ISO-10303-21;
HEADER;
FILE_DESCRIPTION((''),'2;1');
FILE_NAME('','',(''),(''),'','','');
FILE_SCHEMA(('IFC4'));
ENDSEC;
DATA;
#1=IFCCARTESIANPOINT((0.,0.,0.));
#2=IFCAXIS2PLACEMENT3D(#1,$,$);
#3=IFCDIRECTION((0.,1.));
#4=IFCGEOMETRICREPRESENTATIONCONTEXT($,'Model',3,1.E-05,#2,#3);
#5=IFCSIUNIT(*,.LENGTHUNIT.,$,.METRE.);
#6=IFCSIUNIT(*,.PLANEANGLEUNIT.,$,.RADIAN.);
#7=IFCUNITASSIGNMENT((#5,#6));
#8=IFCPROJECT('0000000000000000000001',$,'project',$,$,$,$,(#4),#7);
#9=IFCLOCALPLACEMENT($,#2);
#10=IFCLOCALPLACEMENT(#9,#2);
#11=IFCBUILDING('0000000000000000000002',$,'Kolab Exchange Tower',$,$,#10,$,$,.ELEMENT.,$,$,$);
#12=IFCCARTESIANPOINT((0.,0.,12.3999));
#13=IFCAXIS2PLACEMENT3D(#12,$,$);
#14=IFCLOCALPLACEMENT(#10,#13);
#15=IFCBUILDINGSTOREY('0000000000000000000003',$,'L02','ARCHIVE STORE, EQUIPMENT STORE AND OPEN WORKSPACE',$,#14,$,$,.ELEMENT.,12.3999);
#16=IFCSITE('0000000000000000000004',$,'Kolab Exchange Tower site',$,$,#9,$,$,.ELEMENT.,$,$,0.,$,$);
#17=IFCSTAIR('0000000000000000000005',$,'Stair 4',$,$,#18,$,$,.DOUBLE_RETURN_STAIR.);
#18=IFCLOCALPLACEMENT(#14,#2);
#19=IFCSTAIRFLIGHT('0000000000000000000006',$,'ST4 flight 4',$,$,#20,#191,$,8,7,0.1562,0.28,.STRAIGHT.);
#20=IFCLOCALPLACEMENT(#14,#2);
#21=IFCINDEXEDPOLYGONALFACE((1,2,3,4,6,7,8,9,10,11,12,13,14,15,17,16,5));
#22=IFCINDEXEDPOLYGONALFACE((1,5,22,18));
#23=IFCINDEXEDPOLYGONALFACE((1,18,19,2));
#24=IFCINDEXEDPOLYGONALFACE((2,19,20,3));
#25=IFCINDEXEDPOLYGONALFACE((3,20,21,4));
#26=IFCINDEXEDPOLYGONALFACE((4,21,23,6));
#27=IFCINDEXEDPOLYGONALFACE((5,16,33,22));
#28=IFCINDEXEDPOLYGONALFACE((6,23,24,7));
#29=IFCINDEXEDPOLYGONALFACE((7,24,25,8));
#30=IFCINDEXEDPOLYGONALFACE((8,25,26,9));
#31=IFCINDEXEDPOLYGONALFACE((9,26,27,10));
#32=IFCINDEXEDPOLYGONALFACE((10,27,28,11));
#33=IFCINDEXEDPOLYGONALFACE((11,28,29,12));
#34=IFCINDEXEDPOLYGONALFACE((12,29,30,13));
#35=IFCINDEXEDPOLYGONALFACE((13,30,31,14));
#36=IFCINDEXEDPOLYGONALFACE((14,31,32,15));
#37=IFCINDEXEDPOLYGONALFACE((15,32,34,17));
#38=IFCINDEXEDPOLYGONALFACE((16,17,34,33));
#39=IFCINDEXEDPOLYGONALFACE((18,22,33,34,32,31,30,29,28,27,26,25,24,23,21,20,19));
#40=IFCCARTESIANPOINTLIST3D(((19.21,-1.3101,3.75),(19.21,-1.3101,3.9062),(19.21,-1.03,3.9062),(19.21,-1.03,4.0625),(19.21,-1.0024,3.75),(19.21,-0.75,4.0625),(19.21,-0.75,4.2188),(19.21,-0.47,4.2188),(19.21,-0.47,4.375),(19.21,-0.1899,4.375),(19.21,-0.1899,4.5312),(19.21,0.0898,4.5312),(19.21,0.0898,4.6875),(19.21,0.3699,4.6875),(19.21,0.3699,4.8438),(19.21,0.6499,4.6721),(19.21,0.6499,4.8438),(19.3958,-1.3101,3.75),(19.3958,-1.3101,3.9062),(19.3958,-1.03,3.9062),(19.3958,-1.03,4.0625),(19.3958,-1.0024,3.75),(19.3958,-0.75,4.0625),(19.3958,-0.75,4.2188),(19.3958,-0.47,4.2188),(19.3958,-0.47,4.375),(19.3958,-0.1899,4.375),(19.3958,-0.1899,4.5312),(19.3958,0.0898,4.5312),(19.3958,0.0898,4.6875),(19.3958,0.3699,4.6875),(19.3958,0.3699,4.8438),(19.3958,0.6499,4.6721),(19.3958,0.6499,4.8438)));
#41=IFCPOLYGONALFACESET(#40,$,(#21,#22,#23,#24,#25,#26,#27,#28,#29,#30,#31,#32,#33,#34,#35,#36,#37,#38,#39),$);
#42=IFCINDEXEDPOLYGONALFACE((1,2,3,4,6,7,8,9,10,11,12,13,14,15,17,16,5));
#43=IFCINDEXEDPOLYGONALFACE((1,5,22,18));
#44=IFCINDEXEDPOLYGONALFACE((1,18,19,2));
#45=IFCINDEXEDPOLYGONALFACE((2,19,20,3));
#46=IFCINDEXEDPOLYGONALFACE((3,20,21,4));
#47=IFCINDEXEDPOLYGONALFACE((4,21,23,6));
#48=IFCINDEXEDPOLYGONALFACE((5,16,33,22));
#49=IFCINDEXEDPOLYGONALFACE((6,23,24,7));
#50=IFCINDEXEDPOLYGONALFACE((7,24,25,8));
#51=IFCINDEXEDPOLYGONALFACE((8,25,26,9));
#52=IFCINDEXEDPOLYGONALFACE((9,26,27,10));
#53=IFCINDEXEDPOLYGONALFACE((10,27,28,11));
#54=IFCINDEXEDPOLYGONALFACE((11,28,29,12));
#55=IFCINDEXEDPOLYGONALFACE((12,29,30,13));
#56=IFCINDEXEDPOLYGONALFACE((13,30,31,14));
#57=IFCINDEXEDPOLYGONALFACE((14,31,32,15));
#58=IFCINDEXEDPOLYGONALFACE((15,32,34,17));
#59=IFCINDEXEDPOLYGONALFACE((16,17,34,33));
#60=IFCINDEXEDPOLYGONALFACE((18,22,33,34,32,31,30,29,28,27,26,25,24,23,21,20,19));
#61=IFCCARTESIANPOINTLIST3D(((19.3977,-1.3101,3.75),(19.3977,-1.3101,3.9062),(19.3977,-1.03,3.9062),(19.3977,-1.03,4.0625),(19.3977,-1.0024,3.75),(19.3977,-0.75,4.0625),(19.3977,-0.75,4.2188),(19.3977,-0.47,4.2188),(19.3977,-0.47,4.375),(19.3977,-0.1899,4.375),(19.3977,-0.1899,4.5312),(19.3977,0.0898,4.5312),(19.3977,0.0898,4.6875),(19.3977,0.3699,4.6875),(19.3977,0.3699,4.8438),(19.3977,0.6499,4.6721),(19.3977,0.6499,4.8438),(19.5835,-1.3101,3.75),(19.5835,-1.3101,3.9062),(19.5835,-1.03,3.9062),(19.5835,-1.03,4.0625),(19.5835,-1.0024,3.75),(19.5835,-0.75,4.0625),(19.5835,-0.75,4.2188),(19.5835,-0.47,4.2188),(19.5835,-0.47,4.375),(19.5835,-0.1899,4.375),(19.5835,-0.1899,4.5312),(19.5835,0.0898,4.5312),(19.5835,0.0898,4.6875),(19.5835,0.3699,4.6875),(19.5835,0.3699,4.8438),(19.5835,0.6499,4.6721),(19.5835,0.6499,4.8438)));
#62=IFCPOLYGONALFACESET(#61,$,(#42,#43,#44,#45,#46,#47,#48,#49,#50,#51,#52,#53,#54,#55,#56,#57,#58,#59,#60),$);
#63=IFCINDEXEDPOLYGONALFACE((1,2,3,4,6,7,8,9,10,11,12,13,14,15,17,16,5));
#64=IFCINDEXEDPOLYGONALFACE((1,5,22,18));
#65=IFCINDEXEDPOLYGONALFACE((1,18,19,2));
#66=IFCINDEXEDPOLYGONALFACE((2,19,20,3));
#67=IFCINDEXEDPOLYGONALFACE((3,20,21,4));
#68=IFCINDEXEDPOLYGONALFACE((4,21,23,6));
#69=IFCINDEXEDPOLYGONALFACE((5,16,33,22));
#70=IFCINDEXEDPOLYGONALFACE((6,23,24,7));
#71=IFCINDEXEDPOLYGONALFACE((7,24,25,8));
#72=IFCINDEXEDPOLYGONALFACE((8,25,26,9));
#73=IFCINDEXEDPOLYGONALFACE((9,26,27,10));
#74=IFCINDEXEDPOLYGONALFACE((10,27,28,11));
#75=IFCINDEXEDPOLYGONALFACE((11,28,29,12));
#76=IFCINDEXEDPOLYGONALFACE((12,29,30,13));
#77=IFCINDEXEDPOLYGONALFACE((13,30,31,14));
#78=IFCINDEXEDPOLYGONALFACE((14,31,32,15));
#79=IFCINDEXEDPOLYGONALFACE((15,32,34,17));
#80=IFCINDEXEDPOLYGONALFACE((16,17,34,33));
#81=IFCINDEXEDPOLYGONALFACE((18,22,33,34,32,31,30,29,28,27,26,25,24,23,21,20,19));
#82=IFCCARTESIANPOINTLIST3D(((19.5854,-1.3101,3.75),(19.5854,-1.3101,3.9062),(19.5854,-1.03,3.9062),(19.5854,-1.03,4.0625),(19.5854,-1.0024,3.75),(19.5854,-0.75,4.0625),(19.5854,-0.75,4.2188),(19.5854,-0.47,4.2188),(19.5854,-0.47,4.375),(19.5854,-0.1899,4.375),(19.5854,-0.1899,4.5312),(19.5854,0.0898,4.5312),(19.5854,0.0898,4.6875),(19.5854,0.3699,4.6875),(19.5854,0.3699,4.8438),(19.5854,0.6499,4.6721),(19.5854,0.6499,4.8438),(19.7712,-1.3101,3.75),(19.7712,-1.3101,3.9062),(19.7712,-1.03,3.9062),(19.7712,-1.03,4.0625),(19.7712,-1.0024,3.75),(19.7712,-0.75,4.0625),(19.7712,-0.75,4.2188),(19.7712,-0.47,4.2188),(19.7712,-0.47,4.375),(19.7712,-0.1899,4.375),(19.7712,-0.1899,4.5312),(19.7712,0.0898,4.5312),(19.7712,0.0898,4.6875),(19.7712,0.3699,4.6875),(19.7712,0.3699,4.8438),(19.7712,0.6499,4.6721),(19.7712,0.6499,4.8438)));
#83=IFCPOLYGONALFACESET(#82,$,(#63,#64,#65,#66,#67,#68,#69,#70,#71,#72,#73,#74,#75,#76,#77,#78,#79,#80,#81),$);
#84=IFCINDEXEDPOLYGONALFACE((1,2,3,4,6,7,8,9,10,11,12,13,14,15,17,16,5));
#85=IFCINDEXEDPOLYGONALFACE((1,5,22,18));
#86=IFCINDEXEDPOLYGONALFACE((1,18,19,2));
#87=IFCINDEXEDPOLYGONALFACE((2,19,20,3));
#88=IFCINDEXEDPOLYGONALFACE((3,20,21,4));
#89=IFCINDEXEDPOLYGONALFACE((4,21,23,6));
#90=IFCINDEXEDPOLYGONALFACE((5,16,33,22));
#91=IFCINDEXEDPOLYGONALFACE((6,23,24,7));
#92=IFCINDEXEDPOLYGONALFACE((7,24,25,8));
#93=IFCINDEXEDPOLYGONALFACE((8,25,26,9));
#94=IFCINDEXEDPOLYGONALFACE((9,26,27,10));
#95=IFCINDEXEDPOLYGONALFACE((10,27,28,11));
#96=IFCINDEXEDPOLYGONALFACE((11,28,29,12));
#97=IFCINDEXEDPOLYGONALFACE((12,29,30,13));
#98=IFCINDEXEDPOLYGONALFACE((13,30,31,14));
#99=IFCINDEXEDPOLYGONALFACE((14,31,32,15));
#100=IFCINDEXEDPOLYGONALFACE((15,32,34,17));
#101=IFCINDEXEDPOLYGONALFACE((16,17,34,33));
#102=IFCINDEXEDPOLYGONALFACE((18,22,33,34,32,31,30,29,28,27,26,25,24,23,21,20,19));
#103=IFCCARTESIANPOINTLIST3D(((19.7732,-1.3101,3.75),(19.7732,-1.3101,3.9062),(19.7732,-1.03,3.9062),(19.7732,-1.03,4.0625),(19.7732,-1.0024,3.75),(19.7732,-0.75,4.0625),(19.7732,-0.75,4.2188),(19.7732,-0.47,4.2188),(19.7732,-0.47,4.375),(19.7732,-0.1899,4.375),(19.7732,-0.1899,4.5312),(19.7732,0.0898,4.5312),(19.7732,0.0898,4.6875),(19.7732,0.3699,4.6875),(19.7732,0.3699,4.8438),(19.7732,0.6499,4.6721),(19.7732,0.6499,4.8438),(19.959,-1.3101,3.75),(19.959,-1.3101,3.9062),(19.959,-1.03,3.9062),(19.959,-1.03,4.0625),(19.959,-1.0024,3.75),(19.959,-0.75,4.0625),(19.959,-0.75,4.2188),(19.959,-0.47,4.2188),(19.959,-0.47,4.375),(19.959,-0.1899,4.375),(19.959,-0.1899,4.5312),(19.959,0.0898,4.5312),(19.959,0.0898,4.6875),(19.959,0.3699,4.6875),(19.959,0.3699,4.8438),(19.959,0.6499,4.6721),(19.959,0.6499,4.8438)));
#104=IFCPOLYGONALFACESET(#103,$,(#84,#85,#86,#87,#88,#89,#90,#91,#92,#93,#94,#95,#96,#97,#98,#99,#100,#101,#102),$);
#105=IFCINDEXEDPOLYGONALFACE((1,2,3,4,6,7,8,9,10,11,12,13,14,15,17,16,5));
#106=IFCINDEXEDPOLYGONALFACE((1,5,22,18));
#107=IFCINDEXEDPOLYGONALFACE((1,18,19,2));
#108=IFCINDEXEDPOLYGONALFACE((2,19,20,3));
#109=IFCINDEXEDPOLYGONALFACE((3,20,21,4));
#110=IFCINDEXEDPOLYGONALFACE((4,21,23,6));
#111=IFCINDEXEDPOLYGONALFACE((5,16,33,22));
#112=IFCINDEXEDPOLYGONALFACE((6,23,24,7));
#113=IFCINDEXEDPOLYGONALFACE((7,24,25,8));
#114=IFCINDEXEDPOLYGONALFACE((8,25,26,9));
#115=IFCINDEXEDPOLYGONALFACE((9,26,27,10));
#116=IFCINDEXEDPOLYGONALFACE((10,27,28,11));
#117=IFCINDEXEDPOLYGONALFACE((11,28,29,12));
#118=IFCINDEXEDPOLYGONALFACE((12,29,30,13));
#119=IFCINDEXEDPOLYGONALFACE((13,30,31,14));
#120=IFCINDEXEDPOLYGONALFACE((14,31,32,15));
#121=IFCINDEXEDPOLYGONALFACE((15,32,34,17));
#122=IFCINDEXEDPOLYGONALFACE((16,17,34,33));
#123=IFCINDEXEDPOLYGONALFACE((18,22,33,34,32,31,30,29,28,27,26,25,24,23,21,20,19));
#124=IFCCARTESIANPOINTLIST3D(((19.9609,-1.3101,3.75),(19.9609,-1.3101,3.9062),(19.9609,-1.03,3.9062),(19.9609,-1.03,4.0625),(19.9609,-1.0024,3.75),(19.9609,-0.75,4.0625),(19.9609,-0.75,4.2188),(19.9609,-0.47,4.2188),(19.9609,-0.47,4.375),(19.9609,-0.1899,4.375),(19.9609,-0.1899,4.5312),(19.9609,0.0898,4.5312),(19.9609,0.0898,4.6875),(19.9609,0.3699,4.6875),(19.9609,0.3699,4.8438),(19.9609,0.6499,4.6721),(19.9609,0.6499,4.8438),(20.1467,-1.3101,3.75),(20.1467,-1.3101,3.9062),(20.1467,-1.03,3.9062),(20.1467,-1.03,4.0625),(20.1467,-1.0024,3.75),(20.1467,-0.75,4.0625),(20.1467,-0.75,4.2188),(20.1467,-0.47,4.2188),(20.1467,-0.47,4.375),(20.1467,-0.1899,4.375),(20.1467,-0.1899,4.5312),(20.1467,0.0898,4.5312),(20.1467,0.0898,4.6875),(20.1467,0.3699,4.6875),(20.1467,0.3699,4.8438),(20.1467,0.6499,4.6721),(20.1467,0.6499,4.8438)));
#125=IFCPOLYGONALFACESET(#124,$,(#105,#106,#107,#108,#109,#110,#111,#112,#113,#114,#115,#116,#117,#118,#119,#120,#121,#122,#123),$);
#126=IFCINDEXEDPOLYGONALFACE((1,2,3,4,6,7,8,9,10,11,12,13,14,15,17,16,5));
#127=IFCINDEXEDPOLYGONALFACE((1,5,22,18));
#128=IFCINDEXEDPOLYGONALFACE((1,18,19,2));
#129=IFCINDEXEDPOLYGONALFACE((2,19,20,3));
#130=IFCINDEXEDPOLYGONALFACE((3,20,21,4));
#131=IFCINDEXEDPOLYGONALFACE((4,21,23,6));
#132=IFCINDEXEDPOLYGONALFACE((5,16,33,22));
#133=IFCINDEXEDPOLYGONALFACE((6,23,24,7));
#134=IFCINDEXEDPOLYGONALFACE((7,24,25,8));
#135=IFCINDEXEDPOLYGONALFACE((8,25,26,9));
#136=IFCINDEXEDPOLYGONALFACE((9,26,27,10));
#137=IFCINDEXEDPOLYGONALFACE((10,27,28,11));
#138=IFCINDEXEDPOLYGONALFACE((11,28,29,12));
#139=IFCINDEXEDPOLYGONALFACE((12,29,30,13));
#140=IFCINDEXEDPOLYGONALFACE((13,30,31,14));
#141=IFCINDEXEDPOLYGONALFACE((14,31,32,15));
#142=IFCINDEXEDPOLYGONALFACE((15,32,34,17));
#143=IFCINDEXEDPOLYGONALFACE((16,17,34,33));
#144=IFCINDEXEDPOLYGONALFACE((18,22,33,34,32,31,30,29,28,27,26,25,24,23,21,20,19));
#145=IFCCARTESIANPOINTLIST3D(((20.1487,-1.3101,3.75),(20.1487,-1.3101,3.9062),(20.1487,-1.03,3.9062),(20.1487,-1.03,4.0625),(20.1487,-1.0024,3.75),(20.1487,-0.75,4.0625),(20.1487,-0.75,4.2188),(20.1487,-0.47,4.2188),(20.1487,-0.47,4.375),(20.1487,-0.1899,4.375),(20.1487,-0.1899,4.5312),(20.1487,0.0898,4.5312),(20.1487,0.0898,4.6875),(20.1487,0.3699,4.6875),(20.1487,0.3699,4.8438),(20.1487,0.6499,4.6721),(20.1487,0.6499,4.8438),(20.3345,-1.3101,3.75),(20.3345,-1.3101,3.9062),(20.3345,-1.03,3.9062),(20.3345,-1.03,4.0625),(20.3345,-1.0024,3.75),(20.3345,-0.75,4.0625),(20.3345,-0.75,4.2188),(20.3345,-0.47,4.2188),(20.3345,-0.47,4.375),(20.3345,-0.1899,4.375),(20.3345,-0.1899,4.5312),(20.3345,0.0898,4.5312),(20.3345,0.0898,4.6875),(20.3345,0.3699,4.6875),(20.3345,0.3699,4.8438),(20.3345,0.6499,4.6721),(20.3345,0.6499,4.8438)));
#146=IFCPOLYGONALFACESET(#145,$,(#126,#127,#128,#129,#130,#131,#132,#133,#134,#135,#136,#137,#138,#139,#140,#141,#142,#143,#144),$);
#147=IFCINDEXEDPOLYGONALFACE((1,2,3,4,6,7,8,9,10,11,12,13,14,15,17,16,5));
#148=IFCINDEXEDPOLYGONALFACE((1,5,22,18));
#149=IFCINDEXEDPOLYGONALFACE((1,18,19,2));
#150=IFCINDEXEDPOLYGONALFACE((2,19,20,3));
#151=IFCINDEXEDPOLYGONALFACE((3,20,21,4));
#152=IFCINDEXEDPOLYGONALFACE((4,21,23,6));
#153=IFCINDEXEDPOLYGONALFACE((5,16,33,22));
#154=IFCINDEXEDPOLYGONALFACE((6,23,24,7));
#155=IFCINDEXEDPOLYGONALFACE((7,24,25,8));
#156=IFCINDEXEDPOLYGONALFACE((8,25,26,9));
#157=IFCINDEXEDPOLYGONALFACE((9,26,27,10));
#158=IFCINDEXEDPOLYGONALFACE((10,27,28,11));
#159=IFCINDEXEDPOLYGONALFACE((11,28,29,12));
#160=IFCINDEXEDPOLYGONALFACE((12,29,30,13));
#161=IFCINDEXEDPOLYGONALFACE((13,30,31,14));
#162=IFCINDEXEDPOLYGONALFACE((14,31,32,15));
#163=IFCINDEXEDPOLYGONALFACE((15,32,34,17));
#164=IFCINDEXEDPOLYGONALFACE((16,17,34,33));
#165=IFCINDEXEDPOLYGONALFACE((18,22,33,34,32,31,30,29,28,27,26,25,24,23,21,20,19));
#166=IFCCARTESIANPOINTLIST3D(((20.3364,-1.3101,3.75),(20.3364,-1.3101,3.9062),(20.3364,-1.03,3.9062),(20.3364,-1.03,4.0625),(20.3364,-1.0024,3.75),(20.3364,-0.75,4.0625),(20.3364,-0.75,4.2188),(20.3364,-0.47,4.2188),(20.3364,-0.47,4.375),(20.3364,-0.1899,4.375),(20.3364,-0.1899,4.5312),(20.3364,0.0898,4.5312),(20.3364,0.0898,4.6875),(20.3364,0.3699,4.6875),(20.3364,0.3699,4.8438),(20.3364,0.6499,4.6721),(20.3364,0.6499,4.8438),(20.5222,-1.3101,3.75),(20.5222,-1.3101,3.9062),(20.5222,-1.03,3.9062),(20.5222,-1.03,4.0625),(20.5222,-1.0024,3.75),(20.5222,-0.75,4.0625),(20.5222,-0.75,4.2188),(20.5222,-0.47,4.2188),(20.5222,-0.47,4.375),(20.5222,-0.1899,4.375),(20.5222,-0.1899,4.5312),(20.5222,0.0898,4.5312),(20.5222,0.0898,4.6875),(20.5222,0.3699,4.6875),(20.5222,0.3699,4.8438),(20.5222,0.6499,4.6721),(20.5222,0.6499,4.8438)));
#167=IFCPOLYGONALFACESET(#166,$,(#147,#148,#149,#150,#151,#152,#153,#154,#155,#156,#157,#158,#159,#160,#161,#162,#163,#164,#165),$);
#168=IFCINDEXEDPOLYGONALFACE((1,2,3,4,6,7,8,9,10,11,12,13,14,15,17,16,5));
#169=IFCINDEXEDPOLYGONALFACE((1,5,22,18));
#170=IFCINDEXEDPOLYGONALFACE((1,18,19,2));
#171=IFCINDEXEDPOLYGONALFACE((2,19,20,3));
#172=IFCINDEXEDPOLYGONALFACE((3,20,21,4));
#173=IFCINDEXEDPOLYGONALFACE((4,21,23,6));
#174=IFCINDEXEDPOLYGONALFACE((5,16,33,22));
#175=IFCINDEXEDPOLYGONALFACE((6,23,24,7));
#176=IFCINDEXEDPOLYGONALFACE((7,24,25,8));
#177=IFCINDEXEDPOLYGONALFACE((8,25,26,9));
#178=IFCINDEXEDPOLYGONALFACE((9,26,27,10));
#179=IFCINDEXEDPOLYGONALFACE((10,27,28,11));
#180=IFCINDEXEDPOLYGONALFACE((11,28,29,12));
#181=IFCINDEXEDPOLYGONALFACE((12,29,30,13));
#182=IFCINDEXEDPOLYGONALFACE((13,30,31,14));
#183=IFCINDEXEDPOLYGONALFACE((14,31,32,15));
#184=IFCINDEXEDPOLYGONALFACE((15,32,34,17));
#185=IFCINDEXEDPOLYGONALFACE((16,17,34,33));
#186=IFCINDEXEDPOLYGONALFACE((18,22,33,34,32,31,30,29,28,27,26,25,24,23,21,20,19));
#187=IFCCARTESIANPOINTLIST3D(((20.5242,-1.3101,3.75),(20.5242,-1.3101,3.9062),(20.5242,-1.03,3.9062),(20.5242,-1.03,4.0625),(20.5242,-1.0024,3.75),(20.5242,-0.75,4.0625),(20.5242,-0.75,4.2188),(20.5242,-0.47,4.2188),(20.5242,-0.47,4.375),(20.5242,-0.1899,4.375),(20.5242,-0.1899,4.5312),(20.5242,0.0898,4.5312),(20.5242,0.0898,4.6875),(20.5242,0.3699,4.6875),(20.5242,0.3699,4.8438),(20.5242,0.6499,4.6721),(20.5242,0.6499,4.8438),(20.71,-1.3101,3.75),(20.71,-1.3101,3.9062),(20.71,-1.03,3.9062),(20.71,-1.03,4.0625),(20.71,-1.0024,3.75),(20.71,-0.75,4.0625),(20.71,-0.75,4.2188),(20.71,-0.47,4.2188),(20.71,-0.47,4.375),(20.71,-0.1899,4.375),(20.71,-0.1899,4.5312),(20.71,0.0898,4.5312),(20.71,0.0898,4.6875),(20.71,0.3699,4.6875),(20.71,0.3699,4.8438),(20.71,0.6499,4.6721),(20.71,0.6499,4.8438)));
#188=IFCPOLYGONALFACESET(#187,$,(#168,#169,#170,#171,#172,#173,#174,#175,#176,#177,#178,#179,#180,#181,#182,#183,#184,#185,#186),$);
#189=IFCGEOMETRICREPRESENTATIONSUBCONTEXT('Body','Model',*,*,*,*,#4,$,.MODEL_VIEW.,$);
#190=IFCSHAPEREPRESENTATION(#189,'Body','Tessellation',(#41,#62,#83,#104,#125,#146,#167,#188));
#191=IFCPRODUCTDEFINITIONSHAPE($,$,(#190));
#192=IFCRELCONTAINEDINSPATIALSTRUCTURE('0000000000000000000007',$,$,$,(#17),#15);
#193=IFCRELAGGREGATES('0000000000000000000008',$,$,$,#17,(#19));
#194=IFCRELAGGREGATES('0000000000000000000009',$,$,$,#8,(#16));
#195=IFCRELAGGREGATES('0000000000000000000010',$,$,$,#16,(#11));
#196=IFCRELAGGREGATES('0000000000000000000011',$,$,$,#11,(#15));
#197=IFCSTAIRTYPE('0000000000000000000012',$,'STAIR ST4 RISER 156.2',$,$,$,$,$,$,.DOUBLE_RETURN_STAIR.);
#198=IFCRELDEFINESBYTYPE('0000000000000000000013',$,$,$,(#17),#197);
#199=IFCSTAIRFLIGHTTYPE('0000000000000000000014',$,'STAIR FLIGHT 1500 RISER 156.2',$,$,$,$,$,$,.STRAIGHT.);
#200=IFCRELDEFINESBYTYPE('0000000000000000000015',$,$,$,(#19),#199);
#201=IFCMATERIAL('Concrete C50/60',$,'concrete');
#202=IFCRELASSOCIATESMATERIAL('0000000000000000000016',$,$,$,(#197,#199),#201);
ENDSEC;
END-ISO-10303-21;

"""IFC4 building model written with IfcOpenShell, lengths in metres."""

from ifc_helpers import new_model, si_unit, direction, frame, origin, place, context, subcontext, project, spatial, polyline, outline, extrude, material, type_object, element, aggregate, save


model = new_model("IFC4")

# Units and contexts
model_context = context("Model", 3, precision=1e-05, world=origin(), true_north=direction((0.0, 1.0)))
body_context = subcontext(model_context, "Body", "Model", "MODEL_VIEW")
ifc_project = project(units=[si_unit("LENGTHUNIT", "METRE"), si_unit("PLANEANGLEUNIT", "RADIAN")], contexts=[model_context])

# Site, building, storey
site_placement = place(None, origin())
site = spatial("IfcSite", under=ifc_project, at=site_placement, Name="Kolab Exchange Tower site", CompositionType="ELEMENT", RefElevation=0.0)
building_placement = place(site_placement, origin())
building = spatial("IfcBuilding", under=site, at=building_placement, Name="Kolab Exchange Tower", CompositionType="ELEMENT")
storey_placement = place(building_placement, frame((0.0, 0.0, 12.3999)))
storey = spatial("IfcBuildingStorey", under=building, at=storey_placement, Name="L02", Description="ARCHIVE STORE, EQUIPMENT STORE AND OPEN WORKSPACE", CompositionType="ELEMENT", Elevation=12.3999)

# Shared definitions
ifc_material_1 = material(Name="Concrete C50/60", Category="concrete")

# Stair, stair flight
stair_type = type_object("IfcStairType", Name="STAIR ST4 RISER 156.2", PredefinedType="DOUBLE_RETURN_STAIR", material=ifc_material_1)
stair_placement = place(storey_placement, origin())
stair = element("IfcStair", 1, at=stair_placement, inside=storey, type_object=stair_type, Name="Stair 4", PredefinedType="DOUBLE_RETURN_STAIR")
stair_flight_type = type_object("IfcStairFlightType", Name="STAIR FLIGHT 1500 RISER 156.2", PredefinedType="STRAIGHT", material=ifc_material_1)
stair_flight_1_placement = place(storey_placement, frame((19.96, -1.3101, 3.75), z_axis=(0.0, 0.0, 1.0), x_axis=(0.0, 1.0, 0.0)))
stair_flight_1 = element("IfcStairFlight", 2, at=stair_flight_1_placement, type_object=stair_flight_type, Name="ST4 flight 4", NumberOfRisers=8, NumberOfTreads=7, PredefinedType="STRAIGHT", RiserHeight=0.1562, TreadLength=0.28, context=body_context, shape_type="SweptSolid", body=[
    extrude(outline(polyline([(0.0, 0.0), (0.0, 0.1562), (0.28, 0.1562), (0.28, 0.3125), (0.5601, 0.3125), (0.5601, 0.4688), (0.8401, 0.4688), (0.8401, 0.625), (1.1201, 0.625), (1.1201, 0.7812), (1.3999, 0.7812), (1.3999, 0.9375), (1.6799, 0.9375), (1.6799, 1.0938), (1.96, 1.0938), (1.96, 1.25), (1.96, 0.9221), (0.3076, 0.0), (0.0, 0.0)])), frame((0.0, 0.75, 0.0), z_axis=(0.0, -1.0, 0.0), x_axis=(1.0, 0.0, 0.0)), (0.0, 0.0, 1.0), 0.1858),
    extrude(outline(polyline([(0.0, 0.0), (0.0, 0.1562), (0.28, 0.1562), (0.28, 0.3125), (0.5601, 0.3125), (0.5601, 0.4688), (0.8401, 0.4688), (0.8401, 0.625), (1.1201, 0.625), (1.1201, 0.7812), (1.3999, 0.7812), (1.3999, 0.9375), (1.6799, 0.9375), (1.6799, 1.0938), (1.96, 1.0938), (1.96, 1.25), (1.96, 0.9221), (0.3076, 0.0), (0.0, 0.0)])), frame((0.0, 0.5623, 0.0), z_axis=(0.0, -1.0, 0.0), x_axis=(1.0, 0.0, 0.0)), (0.0, 0.0, 1.0), 0.1858),
    extrude(outline(polyline([(0.0, 0.0), (0.0, 0.1562), (0.28, 0.1562), (0.28, 0.3125), (0.5601, 0.3125), (0.5601, 0.4688), (0.8401, 0.4688), (0.8401, 0.625), (1.1201, 0.625), (1.1201, 0.7812), (1.3999, 0.7812), (1.3999, 0.9375), (1.6799, 0.9375), (1.6799, 1.0938), (1.96, 1.0938), (1.96, 1.25), (1.96, 0.9221), (0.3076, 0.0), (0.0, 0.0)])), frame((0.0, 0.3745, 0.0), z_axis=(0.0, -1.0, 0.0), x_axis=(1.0, 0.0, 0.0)), (0.0, 0.0, 1.0), 0.1858),
    extrude(outline(polyline([(0.0, 0.0), (0.0, 0.1562), (0.28, 0.1562), (0.28, 0.3125), (0.5601, 0.3125), (0.5601, 0.4688), (0.8401, 0.4688), (0.8401, 0.625), (1.1201, 0.625), (1.1201, 0.7812), (1.3999, 0.7812), (1.3999, 0.9375), (1.6799, 0.9375), (1.6799, 1.0938), (1.96, 1.0938), (1.96, 1.25), (1.96, 0.9221), (0.3076, 0.0), (0.0, 0.0)])), frame((0.0, 0.1868, 0.0), z_axis=(0.0, -1.0, 0.0), x_axis=(1.0, 0.0, 0.0)), (0.0, 0.0, 1.0), 0.1858),
    extrude(outline(polyline([(0.0, 0.0), (0.0, 0.1562), (0.28, 0.1562), (0.28, 0.3125), (0.5601, 0.3125), (0.5601, 0.4688), (0.8401, 0.4688), (0.8401, 0.625), (1.1201, 0.625), (1.1201, 0.7812), (1.3999, 0.7812), (1.3999, 0.9375), (1.6799, 0.9375), (1.6799, 1.0938), (1.96, 1.0938), (1.96, 1.25), (1.96, 0.9221), (0.3076, 0.0), (0.0, 0.0)])), frame((0.0, -0.001, 0.0), z_axis=(0.0, -1.0, 0.0), x_axis=(1.0, 0.0, 0.0)), (0.0, 0.0, 1.0), 0.1858),
    extrude(outline(polyline([(0.0, 0.0), (0.0, 0.1562), (0.28, 0.1562), (0.28, 0.3125), (0.5601, 0.3125), (0.5601, 0.4688), (0.8401, 0.4688), (0.8401, 0.625), (1.1201, 0.625), (1.1201, 0.7812), (1.3999, 0.7812), (1.3999, 0.9375), (1.6799, 0.9375), (1.6799, 1.0938), (1.96, 1.0938), (1.96, 1.25), (1.96, 0.9221), (0.3076, 0.0), (0.0, 0.0)])), frame((0.0, -0.1887, 0.0), z_axis=(0.0, -1.0, 0.0), x_axis=(1.0, 0.0, 0.0)), (0.0, 0.0, 1.0), 0.1858),
    extrude(outline(polyline([(0.0, 0.0), (0.0, 0.1562), (0.28, 0.1562), (0.28, 0.3125), (0.5601, 0.3125), (0.5601, 0.4688), (0.8401, 0.4688), (0.8401, 0.625), (1.1201, 0.625), (1.1201, 0.7812), (1.3999, 0.7812), (1.3999, 0.9375), (1.6799, 0.9375), (1.6799, 1.0938), (1.96, 1.0938), (1.96, 1.25), (1.96, 0.9221), (0.3076, 0.0), (0.0, 0.0)])), frame((0.0, -0.3765, 0.0), z_axis=(0.0, -1.0, 0.0), x_axis=(1.0, 0.0, 0.0)), (0.0, 0.0, 1.0), 0.1858),
    extrude(outline(polyline([(0.0, 0.0), (0.0, 0.1562), (0.28, 0.1562), (0.28, 0.3125), (0.5601, 0.3125), (0.5601, 0.4688), (0.8401, 0.4688), (0.8401, 0.625), (1.1201, 0.625), (1.1201, 0.7812), (1.3999, 0.7812), (1.3999, 0.9375), (1.6799, 0.9375), (1.6799, 1.0938), (1.96, 1.0938), (1.96, 1.25), (1.96, 0.9221), (0.3076, 0.0), (0.0, 0.0)])), frame((0.0, -0.5642, 0.0), z_axis=(0.0, -1.0, 0.0), x_axis=(1.0, 0.0, 0.0)), (0.0, 0.0, 1.0), 0.1858),
])
aggregate(stair, [stair_flight_1])

save(model, "model.ifc")
